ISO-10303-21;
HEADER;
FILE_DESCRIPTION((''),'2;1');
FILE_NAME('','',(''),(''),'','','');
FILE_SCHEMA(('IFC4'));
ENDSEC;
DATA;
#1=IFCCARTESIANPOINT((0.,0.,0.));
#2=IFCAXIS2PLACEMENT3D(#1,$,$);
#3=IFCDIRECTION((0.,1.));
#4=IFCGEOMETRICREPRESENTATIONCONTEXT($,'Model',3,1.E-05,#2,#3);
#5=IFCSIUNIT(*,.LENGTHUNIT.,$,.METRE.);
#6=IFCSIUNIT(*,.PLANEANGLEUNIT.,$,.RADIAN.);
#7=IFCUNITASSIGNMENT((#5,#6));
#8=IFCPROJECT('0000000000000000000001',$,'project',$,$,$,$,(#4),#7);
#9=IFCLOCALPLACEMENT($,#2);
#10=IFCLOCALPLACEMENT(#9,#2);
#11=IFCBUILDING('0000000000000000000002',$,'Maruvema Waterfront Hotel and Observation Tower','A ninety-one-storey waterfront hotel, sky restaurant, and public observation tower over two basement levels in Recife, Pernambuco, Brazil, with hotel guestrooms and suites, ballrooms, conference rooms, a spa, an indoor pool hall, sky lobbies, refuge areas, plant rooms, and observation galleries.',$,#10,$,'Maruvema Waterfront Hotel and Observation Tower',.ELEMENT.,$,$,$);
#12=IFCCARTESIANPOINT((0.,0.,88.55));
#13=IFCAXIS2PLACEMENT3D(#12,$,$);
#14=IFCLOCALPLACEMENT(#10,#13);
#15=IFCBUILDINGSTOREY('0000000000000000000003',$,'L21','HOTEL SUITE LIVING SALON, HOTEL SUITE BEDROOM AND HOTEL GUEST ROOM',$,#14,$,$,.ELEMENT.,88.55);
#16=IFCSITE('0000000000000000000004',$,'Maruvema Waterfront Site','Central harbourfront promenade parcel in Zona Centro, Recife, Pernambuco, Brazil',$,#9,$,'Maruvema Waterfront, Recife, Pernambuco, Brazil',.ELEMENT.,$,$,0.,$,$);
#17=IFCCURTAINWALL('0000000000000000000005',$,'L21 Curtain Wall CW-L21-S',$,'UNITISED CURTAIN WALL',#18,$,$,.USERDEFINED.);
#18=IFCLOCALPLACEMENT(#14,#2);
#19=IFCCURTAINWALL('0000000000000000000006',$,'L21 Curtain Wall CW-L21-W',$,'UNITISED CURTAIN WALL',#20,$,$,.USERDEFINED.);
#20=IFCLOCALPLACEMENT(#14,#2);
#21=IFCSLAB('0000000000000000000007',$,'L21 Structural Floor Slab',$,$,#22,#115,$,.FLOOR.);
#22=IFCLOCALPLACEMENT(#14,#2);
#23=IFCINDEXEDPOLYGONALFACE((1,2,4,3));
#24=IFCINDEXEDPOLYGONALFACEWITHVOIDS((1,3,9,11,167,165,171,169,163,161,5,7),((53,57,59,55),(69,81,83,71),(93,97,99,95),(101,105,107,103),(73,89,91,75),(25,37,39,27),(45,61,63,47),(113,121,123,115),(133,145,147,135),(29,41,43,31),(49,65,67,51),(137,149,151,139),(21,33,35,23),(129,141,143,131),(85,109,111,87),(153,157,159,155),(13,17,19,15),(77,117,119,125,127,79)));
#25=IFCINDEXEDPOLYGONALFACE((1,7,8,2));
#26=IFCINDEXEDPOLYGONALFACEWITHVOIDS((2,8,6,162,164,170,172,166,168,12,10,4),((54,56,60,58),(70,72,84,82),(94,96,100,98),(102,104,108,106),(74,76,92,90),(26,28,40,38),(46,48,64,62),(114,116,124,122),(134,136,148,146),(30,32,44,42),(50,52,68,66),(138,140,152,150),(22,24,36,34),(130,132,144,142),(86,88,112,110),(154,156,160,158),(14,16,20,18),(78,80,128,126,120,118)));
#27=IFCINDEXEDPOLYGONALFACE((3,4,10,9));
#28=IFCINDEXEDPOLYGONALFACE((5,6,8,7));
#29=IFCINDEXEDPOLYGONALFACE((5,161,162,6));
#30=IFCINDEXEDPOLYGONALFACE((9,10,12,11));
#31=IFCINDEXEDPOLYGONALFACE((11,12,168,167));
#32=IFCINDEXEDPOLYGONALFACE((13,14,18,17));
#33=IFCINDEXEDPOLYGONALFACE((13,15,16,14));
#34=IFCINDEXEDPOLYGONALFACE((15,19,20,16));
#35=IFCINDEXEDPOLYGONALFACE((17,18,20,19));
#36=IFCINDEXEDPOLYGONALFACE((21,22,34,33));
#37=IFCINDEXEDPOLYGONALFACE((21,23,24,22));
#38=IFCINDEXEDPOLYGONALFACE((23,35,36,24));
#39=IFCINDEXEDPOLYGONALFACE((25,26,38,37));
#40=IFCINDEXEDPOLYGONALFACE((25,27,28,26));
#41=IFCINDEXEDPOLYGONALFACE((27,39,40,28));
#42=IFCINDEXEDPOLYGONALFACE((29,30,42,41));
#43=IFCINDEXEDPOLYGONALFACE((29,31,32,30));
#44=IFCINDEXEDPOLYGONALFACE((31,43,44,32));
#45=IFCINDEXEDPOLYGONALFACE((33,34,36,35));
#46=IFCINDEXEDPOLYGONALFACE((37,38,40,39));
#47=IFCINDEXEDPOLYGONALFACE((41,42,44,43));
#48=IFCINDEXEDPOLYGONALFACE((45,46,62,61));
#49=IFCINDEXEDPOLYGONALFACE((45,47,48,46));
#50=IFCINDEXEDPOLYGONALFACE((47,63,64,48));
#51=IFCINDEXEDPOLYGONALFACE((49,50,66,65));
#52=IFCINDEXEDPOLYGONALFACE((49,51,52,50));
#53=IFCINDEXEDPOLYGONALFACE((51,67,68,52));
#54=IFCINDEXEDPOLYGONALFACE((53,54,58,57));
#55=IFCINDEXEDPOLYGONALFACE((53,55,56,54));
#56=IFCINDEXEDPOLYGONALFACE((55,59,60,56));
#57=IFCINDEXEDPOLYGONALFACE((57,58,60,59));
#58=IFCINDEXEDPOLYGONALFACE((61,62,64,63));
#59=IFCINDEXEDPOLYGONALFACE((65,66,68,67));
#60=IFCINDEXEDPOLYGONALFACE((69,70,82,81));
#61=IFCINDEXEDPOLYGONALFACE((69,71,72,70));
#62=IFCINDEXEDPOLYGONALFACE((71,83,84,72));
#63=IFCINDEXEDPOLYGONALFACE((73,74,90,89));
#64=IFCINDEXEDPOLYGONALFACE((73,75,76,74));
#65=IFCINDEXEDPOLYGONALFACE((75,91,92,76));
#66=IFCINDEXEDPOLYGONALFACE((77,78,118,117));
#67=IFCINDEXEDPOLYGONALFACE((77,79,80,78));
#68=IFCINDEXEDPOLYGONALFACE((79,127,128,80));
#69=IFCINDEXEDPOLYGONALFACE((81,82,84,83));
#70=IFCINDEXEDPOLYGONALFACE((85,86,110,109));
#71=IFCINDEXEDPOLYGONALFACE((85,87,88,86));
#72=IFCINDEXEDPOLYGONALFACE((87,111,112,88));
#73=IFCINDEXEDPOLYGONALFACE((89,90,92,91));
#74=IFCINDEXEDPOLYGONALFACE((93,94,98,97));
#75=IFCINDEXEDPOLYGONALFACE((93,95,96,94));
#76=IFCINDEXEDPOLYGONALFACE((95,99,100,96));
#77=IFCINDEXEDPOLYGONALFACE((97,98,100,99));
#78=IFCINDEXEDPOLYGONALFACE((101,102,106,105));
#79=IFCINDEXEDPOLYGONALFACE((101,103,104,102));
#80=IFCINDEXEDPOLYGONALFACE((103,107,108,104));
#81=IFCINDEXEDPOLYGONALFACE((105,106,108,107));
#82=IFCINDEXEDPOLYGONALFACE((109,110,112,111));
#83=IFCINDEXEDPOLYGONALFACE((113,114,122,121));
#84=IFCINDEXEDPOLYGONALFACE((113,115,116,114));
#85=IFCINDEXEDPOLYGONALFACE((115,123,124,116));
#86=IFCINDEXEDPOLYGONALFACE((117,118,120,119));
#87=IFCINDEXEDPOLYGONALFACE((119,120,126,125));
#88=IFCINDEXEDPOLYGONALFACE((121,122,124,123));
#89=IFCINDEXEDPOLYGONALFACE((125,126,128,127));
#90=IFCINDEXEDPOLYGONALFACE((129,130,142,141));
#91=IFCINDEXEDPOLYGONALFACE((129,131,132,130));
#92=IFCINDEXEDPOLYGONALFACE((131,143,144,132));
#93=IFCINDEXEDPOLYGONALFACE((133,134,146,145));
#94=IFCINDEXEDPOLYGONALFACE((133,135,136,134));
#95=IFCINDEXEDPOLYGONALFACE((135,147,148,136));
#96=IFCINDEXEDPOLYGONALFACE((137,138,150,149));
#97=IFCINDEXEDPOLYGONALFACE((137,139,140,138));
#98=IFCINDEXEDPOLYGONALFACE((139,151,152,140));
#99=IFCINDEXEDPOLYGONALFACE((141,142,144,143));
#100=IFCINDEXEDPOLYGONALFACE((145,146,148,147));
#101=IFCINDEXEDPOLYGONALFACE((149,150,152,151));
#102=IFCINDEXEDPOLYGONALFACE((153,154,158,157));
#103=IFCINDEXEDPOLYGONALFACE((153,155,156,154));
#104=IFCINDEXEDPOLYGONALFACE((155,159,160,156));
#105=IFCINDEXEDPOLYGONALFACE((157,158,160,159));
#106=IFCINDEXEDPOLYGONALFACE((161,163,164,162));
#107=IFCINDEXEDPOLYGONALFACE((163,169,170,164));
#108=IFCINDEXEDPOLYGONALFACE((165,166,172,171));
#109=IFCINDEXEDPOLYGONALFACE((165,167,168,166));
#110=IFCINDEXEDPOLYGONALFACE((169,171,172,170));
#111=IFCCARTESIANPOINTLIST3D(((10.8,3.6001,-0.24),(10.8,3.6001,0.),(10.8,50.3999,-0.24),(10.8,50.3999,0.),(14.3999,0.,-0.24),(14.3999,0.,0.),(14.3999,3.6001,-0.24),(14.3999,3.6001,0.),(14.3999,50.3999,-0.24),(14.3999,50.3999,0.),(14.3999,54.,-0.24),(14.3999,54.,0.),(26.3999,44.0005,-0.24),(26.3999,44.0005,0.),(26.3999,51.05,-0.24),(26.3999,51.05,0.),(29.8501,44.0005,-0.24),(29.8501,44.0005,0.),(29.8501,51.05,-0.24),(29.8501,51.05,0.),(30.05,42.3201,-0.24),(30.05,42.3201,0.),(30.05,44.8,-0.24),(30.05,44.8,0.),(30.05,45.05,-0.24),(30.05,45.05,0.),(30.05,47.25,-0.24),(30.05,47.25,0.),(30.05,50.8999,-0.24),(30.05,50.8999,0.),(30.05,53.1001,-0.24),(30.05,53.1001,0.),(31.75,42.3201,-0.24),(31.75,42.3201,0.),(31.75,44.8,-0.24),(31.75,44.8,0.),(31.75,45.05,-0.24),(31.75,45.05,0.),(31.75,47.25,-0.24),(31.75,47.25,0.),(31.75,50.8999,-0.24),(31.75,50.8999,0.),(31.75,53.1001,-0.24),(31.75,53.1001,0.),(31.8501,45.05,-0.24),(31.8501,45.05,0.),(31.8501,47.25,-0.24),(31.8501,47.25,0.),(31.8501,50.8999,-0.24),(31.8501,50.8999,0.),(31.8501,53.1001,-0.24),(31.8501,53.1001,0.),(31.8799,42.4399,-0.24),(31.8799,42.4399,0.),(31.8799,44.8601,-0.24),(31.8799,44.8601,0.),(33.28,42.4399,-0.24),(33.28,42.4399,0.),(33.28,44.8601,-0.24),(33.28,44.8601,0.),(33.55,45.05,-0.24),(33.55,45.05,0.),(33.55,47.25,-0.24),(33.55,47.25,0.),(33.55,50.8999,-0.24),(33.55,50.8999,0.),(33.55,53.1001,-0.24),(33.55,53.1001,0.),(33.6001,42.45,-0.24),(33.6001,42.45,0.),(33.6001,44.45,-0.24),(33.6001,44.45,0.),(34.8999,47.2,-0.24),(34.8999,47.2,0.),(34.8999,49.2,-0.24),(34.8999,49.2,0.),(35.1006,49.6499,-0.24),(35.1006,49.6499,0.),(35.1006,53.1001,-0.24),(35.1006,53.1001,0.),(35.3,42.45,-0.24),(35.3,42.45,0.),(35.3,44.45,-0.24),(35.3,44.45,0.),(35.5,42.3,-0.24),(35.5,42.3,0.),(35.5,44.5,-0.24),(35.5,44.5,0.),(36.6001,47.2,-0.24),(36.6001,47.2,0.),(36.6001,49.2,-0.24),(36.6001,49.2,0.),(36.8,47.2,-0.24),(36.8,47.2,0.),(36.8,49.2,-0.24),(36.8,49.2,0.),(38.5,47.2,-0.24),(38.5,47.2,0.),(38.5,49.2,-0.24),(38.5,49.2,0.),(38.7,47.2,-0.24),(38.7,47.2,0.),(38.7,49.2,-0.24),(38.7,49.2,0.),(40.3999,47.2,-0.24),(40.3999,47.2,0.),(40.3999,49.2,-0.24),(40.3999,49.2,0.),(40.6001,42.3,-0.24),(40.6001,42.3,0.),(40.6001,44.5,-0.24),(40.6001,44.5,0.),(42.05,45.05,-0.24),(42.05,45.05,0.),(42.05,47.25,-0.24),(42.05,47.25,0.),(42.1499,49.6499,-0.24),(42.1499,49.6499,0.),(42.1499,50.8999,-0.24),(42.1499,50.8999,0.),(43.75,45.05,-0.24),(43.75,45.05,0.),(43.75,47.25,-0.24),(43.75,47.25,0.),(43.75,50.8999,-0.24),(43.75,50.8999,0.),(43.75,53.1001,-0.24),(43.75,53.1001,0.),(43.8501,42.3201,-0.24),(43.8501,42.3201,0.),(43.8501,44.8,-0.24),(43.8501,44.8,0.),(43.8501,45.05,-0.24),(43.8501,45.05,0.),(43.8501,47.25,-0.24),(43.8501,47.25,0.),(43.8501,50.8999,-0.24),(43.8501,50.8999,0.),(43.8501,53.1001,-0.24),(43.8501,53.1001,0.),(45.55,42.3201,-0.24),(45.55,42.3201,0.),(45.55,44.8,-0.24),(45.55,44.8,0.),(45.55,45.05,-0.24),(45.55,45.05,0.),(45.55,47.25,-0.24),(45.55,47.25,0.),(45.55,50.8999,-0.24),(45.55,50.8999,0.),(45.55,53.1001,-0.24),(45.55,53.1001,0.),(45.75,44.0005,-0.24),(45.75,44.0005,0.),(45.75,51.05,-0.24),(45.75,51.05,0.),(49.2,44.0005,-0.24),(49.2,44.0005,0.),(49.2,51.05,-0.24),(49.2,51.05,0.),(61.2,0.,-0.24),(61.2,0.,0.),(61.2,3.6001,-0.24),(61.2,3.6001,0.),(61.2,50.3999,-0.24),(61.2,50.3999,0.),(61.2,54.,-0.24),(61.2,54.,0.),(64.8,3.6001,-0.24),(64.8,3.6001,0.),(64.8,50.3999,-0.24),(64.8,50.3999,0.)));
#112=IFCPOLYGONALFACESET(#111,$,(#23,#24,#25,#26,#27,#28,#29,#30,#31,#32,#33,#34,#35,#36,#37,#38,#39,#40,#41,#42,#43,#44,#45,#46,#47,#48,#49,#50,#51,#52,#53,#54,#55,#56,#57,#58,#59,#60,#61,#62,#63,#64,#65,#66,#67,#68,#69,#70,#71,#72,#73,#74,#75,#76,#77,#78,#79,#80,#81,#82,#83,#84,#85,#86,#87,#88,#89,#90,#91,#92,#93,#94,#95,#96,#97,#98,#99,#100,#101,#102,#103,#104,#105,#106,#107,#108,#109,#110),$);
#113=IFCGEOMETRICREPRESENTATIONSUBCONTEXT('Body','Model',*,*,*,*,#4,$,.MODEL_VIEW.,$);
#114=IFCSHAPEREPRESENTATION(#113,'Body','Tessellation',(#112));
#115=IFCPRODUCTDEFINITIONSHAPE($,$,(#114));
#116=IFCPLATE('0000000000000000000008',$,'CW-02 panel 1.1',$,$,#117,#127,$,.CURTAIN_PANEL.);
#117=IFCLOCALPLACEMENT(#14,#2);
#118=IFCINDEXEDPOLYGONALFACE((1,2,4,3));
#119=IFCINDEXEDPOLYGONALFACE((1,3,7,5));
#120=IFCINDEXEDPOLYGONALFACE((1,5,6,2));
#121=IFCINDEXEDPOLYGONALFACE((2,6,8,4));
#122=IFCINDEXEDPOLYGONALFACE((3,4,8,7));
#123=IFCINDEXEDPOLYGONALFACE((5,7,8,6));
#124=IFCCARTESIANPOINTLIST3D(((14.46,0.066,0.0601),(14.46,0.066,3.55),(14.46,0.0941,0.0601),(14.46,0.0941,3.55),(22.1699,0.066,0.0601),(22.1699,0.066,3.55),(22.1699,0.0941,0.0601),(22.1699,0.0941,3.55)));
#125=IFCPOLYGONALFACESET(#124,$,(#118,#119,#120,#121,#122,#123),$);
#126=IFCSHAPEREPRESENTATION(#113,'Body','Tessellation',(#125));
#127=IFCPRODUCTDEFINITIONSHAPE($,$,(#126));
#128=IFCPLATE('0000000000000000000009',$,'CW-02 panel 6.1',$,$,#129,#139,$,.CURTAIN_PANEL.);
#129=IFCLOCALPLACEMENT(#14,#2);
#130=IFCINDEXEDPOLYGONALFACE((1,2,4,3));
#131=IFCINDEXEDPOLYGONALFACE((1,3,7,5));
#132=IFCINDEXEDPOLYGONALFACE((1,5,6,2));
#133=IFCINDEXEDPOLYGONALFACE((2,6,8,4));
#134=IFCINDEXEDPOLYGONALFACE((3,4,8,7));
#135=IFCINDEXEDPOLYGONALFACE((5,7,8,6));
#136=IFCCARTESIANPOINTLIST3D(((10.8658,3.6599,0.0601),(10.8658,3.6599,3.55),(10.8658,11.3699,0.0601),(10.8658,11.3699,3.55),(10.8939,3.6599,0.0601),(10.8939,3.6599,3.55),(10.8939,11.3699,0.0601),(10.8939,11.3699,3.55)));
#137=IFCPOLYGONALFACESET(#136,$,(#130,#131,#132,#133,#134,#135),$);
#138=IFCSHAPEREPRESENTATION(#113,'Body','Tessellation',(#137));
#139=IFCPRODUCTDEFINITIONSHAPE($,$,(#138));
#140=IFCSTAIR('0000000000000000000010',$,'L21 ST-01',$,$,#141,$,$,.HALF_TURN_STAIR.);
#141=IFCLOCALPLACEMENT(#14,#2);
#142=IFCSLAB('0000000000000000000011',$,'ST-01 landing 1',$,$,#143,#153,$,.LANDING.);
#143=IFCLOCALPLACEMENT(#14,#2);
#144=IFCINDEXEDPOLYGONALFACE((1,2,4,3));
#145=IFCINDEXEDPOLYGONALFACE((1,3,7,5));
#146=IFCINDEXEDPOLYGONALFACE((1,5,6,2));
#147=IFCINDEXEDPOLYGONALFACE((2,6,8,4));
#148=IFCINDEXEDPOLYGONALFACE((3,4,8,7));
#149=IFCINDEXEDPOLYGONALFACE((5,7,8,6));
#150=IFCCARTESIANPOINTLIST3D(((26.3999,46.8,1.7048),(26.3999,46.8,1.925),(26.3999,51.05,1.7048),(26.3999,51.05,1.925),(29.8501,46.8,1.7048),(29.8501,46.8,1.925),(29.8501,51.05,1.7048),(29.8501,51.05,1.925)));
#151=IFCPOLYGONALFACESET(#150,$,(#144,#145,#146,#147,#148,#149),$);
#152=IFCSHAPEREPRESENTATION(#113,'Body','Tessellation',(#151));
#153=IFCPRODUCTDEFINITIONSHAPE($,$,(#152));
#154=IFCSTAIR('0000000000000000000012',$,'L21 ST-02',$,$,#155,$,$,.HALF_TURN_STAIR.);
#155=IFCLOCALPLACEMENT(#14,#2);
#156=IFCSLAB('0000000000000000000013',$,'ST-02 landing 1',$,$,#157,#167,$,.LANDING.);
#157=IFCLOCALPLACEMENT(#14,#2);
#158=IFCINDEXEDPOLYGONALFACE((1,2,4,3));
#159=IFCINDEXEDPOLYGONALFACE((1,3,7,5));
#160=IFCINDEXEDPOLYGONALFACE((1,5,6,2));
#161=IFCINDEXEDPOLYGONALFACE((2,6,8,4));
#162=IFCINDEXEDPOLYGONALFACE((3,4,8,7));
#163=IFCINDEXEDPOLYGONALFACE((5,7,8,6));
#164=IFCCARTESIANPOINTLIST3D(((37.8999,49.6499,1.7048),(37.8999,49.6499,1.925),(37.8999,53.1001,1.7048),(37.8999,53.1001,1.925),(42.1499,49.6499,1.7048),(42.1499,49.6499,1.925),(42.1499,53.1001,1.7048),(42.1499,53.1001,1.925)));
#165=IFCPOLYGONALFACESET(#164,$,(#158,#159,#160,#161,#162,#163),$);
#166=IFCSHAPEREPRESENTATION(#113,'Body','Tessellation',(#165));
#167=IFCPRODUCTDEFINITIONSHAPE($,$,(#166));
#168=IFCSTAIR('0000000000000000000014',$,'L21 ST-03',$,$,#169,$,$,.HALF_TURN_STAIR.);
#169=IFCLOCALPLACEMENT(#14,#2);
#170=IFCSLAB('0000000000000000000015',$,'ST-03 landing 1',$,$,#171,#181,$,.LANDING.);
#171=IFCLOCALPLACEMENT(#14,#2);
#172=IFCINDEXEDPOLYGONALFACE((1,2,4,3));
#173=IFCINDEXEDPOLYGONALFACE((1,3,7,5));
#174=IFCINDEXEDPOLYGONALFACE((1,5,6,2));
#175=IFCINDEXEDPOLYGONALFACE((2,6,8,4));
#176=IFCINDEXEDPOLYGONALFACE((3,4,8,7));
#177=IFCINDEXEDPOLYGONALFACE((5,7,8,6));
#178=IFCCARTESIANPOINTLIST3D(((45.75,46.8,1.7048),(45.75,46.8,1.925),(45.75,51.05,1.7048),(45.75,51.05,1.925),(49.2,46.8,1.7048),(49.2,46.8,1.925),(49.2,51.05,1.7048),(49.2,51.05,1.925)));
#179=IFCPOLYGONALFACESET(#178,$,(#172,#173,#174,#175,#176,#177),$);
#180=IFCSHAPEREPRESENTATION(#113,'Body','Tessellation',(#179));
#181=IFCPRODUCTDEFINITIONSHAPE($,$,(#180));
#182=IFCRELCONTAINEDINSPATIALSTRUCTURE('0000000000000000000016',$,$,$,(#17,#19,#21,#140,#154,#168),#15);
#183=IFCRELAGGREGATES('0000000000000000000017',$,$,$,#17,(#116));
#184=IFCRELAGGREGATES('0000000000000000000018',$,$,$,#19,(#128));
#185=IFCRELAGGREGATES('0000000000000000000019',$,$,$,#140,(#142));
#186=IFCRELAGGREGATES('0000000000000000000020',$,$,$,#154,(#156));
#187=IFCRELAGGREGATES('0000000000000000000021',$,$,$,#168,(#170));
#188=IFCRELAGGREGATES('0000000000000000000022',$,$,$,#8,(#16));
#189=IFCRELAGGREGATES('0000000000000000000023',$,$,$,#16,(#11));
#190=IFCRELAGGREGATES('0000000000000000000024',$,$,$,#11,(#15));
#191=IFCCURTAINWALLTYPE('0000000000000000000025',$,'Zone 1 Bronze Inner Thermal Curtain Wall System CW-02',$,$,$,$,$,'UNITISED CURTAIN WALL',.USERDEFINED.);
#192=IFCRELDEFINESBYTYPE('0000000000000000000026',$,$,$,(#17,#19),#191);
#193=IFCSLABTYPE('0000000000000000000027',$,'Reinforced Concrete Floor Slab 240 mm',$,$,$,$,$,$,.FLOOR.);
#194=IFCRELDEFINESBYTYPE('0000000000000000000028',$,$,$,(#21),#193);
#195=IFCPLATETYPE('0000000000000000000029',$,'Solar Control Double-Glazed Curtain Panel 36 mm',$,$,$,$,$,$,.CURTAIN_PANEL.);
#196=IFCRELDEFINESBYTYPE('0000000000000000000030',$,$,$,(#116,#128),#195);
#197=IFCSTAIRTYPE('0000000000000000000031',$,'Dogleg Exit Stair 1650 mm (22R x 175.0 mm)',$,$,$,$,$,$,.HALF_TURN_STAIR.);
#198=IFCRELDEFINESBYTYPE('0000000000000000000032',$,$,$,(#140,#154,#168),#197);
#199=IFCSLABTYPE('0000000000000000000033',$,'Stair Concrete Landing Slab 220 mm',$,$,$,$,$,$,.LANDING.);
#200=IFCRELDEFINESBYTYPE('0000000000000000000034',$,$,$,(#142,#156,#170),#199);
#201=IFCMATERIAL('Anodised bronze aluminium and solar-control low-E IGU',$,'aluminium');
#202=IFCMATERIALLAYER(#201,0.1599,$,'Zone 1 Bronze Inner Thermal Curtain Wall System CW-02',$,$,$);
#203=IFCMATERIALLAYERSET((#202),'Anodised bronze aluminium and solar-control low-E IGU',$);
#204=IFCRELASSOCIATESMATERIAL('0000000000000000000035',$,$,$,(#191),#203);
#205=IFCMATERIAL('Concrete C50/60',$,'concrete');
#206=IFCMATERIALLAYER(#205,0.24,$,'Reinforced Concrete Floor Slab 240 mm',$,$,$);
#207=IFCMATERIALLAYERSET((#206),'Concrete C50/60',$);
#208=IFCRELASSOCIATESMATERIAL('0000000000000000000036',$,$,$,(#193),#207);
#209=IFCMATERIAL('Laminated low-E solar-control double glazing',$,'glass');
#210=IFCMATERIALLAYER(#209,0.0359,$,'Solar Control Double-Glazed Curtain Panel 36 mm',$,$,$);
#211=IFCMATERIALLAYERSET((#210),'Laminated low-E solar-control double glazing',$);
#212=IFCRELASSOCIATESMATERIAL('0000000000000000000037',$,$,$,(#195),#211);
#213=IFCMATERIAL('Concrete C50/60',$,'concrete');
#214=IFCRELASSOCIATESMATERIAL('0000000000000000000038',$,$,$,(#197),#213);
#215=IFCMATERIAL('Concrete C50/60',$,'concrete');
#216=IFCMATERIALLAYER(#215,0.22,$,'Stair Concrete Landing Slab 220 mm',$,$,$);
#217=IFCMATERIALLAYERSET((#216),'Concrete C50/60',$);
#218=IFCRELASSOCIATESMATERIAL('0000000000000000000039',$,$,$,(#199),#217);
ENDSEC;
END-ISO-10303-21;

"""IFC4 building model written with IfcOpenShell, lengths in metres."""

from ifc_helpers import new_model, si_unit, direction, frame, origin, origin_2d, place, context, subcontext, project, spatial, polyline, rectangle, outline, extrude, material, layer, layer_set, type_object, element, aggregate, save


model = new_model("IFC4")

# Units and contexts
model_context = context("Model", 3, precision=1e-05, world=origin(), true_north=direction((0.0, 1.0)))
body_context = subcontext(model_context, "Body", "Model", "MODEL_VIEW")
ifc_project = project(units=[si_unit("LENGTHUNIT", "METRE"), si_unit("PLANEANGLEUNIT", "RADIAN")], contexts=[model_context])

# Site, building, storey
site_placement = place(None, origin())
site = spatial("IfcSite", under=ifc_project, at=site_placement, Name="Maruvema Waterfront Site", Description="Central harbourfront promenade parcel in Zona Centro, Recife, Pernambuco, Brazil", LongName="Maruvema Waterfront, Recife, Pernambuco, Brazil", CompositionType="ELEMENT", RefElevation=0.0)
building_placement = place(site_placement, origin())
building = spatial("IfcBuilding", under=site, at=building_placement, Name="Maruvema Waterfront Hotel and Observation Tower", Description="A ninety-one-storey waterfront hotel, sky restaurant, and public observation tower over two basement levels in Recife, Pernambuco, Brazil, with hotel guestrooms and suites, ballrooms, conference rooms, a spa, an indoor pool hall, sky lobbies, refuge areas, plant rooms, and observation galleries.", LongName="Maruvema Waterfront Hotel and Observation Tower", CompositionType="ELEMENT")
storey_placement = place(building_placement, frame((0.0, 0.0, 88.55)))
storey = spatial("IfcBuildingStorey", under=building, at=storey_placement, Name="L21", Description="HOTEL SUITE LIVING SALON, HOTEL SUITE BEDROOM AND HOTEL GUEST ROOM", CompositionType="ELEMENT", Elevation=88.55)

# Curtain walls
ifc_material_1 = material(Name="Anodised bronze aluminium and solar-control low-E IGU", Category="aluminium")
ifc_layer_1 = layer(ifc_material_1, 0.1599, Name="Zone 1 Bronze Inner Thermal Curtain Wall System CW-02")
ifc_layer_set_1 = layer_set([ifc_layer_1], Name="Anodised bronze aluminium and solar-control low-E IGU")
curtain_wall_type = type_object("IfcCurtainWallType", Name="Zone 1 Bronze Inner Thermal Curtain Wall System CW-02", ElementType="UNITISED CURTAIN WALL", PredefinedType="USERDEFINED", material=ifc_layer_set_1)
curtain_wall_1_placement = place(storey_placement, origin())
curtain_wall_1 = element("IfcCurtainWall", 1, at=curtain_wall_1_placement, inside=storey, type_object=curtain_wall_type, Name="L21 Curtain Wall CW-L21-S", ObjectType="UNITISED CURTAIN WALL", PredefinedType="USERDEFINED")
curtain_wall_2_placement = place(storey_placement, origin())
curtain_wall_2 = element("IfcCurtainWall", 2, at=curtain_wall_2_placement, inside=storey, type_object=curtain_wall_type, Name="L21 Curtain Wall CW-L21-W", ObjectType="UNITISED CURTAIN WALL", PredefinedType="USERDEFINED")

# Slab
ifc_material_2 = material(Name="Concrete C50/60", Category="concrete")
ifc_layer_2 = layer(ifc_material_2, 0.24, Name="Reinforced Concrete Floor Slab 240 mm")
ifc_layer_set_2 = layer_set([ifc_layer_2], Name="Concrete C50/60")
slab_type_1 = type_object("IfcSlabType", Name="Reinforced Concrete Floor Slab 240 mm", PredefinedType="FLOOR", material=ifc_layer_set_2)
slab_1_placement = place(storey_placement, frame((0.0, 0.0, -0.24)))
element("IfcSlab", 3, at=slab_1_placement, inside=storey, type_object=slab_type_1, Name="L21 Structural Floor Slab", PredefinedType="FLOOR", context=body_context, shape_type="SweptSolid", body=[
    extrude(outline(polyline([(14.3999, 0.0), (61.2, 0.0), (61.2, 3.6001), (64.8, 3.6001), (64.8, 50.3999), (61.2, 50.3999), (61.2, 54.0), (14.3999, 54.0), (14.3999, 50.3999), (10.8, 50.3999), (10.8, 3.6001), (14.3999, 3.6001), (14.3999, 0.0)]), holes=[polyline([(26.3999, 44.0005), (26.3999, 51.05), (29.8501, 51.05), (29.8501, 44.0005), (26.3999, 44.0005)]), polyline([(30.05, 44.8), (31.75, 44.8), (31.75, 42.3201), (30.05, 42.3201), (30.05, 44.8)]), polyline([(31.75, 47.25), (31.75, 45.05), (30.05, 45.05), (30.05, 47.25), (31.75, 47.25)]), polyline([(31.75, 53.1001), (31.75, 50.8999), (30.05, 50.8999), (30.05, 53.1001), (31.75, 53.1001)]), polyline([(33.28, 44.8601), (33.28, 42.4399), (31.8799, 42.4399), (31.8799, 44.8601), (33.28, 44.8601)]), polyline([(31.8501, 47.25), (33.55, 47.25), (33.55, 45.05), (31.8501, 45.05), (31.8501, 47.25)]), polyline([(31.8501, 53.1001), (33.55, 53.1001), (33.55, 50.8999), (31.8501, 50.8999), (31.8501, 53.1001)]), polyline([(33.6001, 44.45), (35.3, 44.45), (35.3, 42.45), (33.6001, 42.45), (33.6001, 44.45)]), polyline([(34.8999, 49.2), (36.6001, 49.2), (36.6001, 47.2), (34.8999, 47.2), (34.8999, 49.2)]), polyline([(38.5, 49.2), (38.5, 47.2), (36.8, 47.2), (36.8, 49.2), (38.5, 49.2)]), polyline([(35.5, 44.5), (40.6001, 44.5), (40.6001, 42.3), (35.5, 42.3), (35.5, 44.5)]), polyline([(43.75, 50.8999), (42.1499, 50.8999), (42.1499, 49.6499), (35.1006, 49.6499), (35.1006, 53.1001), (43.75, 53.1001), (43.75, 50.8999)]), polyline([(40.3999, 49.2), (40.3999, 47.2), (38.7, 47.2), (38.7, 49.2), (40.3999, 49.2)]), polyline([(43.75, 47.25), (43.75, 45.05), (42.05, 45.05), (42.05, 47.25), (43.75, 47.25)]), polyline([(45.55, 44.8), (45.55, 42.3201), (43.8501, 42.3201), (43.8501, 44.8), (45.55, 44.8)]), polyline([(43.8501, 47.25), (45.55, 47.25), (45.55, 45.05), (43.8501, 45.05), (43.8501, 47.25)]), polyline([(45.55, 53.1001), (45.55, 50.8999), (43.8501, 50.8999), (43.8501, 53.1001), (45.55, 53.1001)]), polyline([(45.75, 51.05), (49.2, 51.05), (49.2, 44.0005), (45.75, 44.0005), (45.75, 51.05)])]), origin(), (0.0, 0.0, 1.0), 0.24),
])

# Plates
ifc_material_3 = material(Name="Laminated low-E solar-control double glazing", Category="glass")
ifc_layer_3 = layer(ifc_material_3, 0.0359, Name="Solar Control Double-Glazed Curtain Panel 36 mm")
ifc_layer_set_3 = layer_set([ifc_layer_3], Name="Laminated low-E solar-control double glazing")
plate_type = type_object("IfcPlateType", Name="Solar Control Double-Glazed Curtain Panel 36 mm", PredefinedType="CURTAIN_PANEL", material=ifc_layer_set_3)
plate_1_placement = place(storey_placement, frame((18.3149, 0.0801, 0.0601), z_axis=(0.0, 0.0, 1.0), x_axis=(1.0, 0.0, 0.0)))
plate_1 = element("IfcPlate", 4, at=plate_1_placement, type_object=plate_type, Name="CW-02 panel 1.1", PredefinedType="CURTAIN_PANEL", context=body_context, shape_type="SweptSolid", body=[
    extrude(rectangle(XDim=7.71, YDim=0.0281, at=origin_2d()), origin(), (0.0, 0.0, 1.0), 3.49),
])
aggregate(curtain_wall_1, [plate_1])
plate_2_placement = place(storey_placement, frame((10.8799, 7.5149, 0.0601), z_axis=(0.0, 0.0, 1.0), x_axis=(0.0, -1.0, 0.0)))
plate_2 = element("IfcPlate", 5, at=plate_2_placement, type_object=plate_type, Name="CW-02 panel 6.1", PredefinedType="CURTAIN_PANEL", context=body_context, shape_type="SweptSolid", body=[
    extrude(rectangle(XDim=7.71, YDim=0.0281, at=origin_2d()), origin(), (0.0, 0.0, 1.0), 3.49),
])
aggregate(curtain_wall_2, [plate_2])

# Stairs, slabs
ifc_material_4 = material(Name="Concrete C50/60", Category="concrete")
stair_type = type_object("IfcStairType", Name="Dogleg Exit Stair 1650 mm (22R x 175.0 mm)", PredefinedType="HALF_TURN_STAIR", material=ifc_material_4)
stair_1_placement = place(storey_placement, origin())
stair_1 = element("IfcStair", 6, at=stair_1_placement, inside=storey, type_object=stair_type, Name="L21 ST-01", PredefinedType="HALF_TURN_STAIR")
ifc_material_5 = material(Name="Concrete C50/60", Category="concrete")
ifc_layer_4 = layer(ifc_material_5, 0.22, Name="Stair Concrete Landing Slab 220 mm")
ifc_layer_set_4 = layer_set([ifc_layer_4], Name="Concrete C50/60")
slab_type_2 = type_object("IfcSlabType", Name="Stair Concrete Landing Slab 220 mm", PredefinedType="LANDING", material=ifc_layer_set_4)
slab_2_placement = place(storey_placement, frame((0.0, 0.0, 1.7048)))
slab_2 = element("IfcSlab", 7, at=slab_2_placement, type_object=slab_type_2, Name="ST-01 landing 1", PredefinedType="LANDING", context=body_context, shape_type="SweptSolid", body=[
    extrude(outline(polyline([(29.8501, 46.8), (29.8501, 51.05), (26.3999, 51.05), (26.3999, 46.8), (29.8501, 46.8)])), origin(), (0.0, 0.0, 1.0), 0.2202),
])
aggregate(stair_1, [slab_2])
stair_2_placement = place(storey_placement, origin())
stair_2 = element("IfcStair", 8, at=stair_2_placement, inside=storey, type_object=stair_type, Name="L21 ST-02", PredefinedType="HALF_TURN_STAIR")
slab_3_placement = place(storey_placement, frame((0.0, 0.0, 1.7048)))
slab_3 = element("IfcSlab", 9, at=slab_3_placement, type_object=slab_type_2, Name="ST-02 landing 1", PredefinedType="LANDING", context=body_context, shape_type="SweptSolid", body=[
    extrude(outline(polyline([(37.8999, 49.6499), (42.1499, 49.6499), (42.1499, 53.1001), (37.8999, 53.1001), (37.8999, 49.6499)])), origin(), (0.0, 0.0, 1.0), 0.2202),
])
aggregate(stair_2, [slab_3])
stair_3_placement = place(storey_placement, origin())
stair_3 = element("IfcStair", 10, at=stair_3_placement, inside=storey, type_object=stair_type, Name="L21 ST-03", PredefinedType="HALF_TURN_STAIR")
slab_4_placement = place(storey_placement, frame((0.0, 0.0, 1.7048)))
slab_4 = element("IfcSlab", 11, at=slab_4_placement, type_object=slab_type_2, Name="ST-03 landing 1", PredefinedType="LANDING", context=body_context, shape_type="SweptSolid", body=[
    extrude(outline(polyline([(49.2, 46.8), (49.2, 51.05), (45.75, 51.05), (45.75, 46.8), (49.2, 46.8)])), origin(), (0.0, 0.0, 1.0), 0.2202),
])
aggregate(stair_3, [slab_4])

save(model, "model.ifc")
